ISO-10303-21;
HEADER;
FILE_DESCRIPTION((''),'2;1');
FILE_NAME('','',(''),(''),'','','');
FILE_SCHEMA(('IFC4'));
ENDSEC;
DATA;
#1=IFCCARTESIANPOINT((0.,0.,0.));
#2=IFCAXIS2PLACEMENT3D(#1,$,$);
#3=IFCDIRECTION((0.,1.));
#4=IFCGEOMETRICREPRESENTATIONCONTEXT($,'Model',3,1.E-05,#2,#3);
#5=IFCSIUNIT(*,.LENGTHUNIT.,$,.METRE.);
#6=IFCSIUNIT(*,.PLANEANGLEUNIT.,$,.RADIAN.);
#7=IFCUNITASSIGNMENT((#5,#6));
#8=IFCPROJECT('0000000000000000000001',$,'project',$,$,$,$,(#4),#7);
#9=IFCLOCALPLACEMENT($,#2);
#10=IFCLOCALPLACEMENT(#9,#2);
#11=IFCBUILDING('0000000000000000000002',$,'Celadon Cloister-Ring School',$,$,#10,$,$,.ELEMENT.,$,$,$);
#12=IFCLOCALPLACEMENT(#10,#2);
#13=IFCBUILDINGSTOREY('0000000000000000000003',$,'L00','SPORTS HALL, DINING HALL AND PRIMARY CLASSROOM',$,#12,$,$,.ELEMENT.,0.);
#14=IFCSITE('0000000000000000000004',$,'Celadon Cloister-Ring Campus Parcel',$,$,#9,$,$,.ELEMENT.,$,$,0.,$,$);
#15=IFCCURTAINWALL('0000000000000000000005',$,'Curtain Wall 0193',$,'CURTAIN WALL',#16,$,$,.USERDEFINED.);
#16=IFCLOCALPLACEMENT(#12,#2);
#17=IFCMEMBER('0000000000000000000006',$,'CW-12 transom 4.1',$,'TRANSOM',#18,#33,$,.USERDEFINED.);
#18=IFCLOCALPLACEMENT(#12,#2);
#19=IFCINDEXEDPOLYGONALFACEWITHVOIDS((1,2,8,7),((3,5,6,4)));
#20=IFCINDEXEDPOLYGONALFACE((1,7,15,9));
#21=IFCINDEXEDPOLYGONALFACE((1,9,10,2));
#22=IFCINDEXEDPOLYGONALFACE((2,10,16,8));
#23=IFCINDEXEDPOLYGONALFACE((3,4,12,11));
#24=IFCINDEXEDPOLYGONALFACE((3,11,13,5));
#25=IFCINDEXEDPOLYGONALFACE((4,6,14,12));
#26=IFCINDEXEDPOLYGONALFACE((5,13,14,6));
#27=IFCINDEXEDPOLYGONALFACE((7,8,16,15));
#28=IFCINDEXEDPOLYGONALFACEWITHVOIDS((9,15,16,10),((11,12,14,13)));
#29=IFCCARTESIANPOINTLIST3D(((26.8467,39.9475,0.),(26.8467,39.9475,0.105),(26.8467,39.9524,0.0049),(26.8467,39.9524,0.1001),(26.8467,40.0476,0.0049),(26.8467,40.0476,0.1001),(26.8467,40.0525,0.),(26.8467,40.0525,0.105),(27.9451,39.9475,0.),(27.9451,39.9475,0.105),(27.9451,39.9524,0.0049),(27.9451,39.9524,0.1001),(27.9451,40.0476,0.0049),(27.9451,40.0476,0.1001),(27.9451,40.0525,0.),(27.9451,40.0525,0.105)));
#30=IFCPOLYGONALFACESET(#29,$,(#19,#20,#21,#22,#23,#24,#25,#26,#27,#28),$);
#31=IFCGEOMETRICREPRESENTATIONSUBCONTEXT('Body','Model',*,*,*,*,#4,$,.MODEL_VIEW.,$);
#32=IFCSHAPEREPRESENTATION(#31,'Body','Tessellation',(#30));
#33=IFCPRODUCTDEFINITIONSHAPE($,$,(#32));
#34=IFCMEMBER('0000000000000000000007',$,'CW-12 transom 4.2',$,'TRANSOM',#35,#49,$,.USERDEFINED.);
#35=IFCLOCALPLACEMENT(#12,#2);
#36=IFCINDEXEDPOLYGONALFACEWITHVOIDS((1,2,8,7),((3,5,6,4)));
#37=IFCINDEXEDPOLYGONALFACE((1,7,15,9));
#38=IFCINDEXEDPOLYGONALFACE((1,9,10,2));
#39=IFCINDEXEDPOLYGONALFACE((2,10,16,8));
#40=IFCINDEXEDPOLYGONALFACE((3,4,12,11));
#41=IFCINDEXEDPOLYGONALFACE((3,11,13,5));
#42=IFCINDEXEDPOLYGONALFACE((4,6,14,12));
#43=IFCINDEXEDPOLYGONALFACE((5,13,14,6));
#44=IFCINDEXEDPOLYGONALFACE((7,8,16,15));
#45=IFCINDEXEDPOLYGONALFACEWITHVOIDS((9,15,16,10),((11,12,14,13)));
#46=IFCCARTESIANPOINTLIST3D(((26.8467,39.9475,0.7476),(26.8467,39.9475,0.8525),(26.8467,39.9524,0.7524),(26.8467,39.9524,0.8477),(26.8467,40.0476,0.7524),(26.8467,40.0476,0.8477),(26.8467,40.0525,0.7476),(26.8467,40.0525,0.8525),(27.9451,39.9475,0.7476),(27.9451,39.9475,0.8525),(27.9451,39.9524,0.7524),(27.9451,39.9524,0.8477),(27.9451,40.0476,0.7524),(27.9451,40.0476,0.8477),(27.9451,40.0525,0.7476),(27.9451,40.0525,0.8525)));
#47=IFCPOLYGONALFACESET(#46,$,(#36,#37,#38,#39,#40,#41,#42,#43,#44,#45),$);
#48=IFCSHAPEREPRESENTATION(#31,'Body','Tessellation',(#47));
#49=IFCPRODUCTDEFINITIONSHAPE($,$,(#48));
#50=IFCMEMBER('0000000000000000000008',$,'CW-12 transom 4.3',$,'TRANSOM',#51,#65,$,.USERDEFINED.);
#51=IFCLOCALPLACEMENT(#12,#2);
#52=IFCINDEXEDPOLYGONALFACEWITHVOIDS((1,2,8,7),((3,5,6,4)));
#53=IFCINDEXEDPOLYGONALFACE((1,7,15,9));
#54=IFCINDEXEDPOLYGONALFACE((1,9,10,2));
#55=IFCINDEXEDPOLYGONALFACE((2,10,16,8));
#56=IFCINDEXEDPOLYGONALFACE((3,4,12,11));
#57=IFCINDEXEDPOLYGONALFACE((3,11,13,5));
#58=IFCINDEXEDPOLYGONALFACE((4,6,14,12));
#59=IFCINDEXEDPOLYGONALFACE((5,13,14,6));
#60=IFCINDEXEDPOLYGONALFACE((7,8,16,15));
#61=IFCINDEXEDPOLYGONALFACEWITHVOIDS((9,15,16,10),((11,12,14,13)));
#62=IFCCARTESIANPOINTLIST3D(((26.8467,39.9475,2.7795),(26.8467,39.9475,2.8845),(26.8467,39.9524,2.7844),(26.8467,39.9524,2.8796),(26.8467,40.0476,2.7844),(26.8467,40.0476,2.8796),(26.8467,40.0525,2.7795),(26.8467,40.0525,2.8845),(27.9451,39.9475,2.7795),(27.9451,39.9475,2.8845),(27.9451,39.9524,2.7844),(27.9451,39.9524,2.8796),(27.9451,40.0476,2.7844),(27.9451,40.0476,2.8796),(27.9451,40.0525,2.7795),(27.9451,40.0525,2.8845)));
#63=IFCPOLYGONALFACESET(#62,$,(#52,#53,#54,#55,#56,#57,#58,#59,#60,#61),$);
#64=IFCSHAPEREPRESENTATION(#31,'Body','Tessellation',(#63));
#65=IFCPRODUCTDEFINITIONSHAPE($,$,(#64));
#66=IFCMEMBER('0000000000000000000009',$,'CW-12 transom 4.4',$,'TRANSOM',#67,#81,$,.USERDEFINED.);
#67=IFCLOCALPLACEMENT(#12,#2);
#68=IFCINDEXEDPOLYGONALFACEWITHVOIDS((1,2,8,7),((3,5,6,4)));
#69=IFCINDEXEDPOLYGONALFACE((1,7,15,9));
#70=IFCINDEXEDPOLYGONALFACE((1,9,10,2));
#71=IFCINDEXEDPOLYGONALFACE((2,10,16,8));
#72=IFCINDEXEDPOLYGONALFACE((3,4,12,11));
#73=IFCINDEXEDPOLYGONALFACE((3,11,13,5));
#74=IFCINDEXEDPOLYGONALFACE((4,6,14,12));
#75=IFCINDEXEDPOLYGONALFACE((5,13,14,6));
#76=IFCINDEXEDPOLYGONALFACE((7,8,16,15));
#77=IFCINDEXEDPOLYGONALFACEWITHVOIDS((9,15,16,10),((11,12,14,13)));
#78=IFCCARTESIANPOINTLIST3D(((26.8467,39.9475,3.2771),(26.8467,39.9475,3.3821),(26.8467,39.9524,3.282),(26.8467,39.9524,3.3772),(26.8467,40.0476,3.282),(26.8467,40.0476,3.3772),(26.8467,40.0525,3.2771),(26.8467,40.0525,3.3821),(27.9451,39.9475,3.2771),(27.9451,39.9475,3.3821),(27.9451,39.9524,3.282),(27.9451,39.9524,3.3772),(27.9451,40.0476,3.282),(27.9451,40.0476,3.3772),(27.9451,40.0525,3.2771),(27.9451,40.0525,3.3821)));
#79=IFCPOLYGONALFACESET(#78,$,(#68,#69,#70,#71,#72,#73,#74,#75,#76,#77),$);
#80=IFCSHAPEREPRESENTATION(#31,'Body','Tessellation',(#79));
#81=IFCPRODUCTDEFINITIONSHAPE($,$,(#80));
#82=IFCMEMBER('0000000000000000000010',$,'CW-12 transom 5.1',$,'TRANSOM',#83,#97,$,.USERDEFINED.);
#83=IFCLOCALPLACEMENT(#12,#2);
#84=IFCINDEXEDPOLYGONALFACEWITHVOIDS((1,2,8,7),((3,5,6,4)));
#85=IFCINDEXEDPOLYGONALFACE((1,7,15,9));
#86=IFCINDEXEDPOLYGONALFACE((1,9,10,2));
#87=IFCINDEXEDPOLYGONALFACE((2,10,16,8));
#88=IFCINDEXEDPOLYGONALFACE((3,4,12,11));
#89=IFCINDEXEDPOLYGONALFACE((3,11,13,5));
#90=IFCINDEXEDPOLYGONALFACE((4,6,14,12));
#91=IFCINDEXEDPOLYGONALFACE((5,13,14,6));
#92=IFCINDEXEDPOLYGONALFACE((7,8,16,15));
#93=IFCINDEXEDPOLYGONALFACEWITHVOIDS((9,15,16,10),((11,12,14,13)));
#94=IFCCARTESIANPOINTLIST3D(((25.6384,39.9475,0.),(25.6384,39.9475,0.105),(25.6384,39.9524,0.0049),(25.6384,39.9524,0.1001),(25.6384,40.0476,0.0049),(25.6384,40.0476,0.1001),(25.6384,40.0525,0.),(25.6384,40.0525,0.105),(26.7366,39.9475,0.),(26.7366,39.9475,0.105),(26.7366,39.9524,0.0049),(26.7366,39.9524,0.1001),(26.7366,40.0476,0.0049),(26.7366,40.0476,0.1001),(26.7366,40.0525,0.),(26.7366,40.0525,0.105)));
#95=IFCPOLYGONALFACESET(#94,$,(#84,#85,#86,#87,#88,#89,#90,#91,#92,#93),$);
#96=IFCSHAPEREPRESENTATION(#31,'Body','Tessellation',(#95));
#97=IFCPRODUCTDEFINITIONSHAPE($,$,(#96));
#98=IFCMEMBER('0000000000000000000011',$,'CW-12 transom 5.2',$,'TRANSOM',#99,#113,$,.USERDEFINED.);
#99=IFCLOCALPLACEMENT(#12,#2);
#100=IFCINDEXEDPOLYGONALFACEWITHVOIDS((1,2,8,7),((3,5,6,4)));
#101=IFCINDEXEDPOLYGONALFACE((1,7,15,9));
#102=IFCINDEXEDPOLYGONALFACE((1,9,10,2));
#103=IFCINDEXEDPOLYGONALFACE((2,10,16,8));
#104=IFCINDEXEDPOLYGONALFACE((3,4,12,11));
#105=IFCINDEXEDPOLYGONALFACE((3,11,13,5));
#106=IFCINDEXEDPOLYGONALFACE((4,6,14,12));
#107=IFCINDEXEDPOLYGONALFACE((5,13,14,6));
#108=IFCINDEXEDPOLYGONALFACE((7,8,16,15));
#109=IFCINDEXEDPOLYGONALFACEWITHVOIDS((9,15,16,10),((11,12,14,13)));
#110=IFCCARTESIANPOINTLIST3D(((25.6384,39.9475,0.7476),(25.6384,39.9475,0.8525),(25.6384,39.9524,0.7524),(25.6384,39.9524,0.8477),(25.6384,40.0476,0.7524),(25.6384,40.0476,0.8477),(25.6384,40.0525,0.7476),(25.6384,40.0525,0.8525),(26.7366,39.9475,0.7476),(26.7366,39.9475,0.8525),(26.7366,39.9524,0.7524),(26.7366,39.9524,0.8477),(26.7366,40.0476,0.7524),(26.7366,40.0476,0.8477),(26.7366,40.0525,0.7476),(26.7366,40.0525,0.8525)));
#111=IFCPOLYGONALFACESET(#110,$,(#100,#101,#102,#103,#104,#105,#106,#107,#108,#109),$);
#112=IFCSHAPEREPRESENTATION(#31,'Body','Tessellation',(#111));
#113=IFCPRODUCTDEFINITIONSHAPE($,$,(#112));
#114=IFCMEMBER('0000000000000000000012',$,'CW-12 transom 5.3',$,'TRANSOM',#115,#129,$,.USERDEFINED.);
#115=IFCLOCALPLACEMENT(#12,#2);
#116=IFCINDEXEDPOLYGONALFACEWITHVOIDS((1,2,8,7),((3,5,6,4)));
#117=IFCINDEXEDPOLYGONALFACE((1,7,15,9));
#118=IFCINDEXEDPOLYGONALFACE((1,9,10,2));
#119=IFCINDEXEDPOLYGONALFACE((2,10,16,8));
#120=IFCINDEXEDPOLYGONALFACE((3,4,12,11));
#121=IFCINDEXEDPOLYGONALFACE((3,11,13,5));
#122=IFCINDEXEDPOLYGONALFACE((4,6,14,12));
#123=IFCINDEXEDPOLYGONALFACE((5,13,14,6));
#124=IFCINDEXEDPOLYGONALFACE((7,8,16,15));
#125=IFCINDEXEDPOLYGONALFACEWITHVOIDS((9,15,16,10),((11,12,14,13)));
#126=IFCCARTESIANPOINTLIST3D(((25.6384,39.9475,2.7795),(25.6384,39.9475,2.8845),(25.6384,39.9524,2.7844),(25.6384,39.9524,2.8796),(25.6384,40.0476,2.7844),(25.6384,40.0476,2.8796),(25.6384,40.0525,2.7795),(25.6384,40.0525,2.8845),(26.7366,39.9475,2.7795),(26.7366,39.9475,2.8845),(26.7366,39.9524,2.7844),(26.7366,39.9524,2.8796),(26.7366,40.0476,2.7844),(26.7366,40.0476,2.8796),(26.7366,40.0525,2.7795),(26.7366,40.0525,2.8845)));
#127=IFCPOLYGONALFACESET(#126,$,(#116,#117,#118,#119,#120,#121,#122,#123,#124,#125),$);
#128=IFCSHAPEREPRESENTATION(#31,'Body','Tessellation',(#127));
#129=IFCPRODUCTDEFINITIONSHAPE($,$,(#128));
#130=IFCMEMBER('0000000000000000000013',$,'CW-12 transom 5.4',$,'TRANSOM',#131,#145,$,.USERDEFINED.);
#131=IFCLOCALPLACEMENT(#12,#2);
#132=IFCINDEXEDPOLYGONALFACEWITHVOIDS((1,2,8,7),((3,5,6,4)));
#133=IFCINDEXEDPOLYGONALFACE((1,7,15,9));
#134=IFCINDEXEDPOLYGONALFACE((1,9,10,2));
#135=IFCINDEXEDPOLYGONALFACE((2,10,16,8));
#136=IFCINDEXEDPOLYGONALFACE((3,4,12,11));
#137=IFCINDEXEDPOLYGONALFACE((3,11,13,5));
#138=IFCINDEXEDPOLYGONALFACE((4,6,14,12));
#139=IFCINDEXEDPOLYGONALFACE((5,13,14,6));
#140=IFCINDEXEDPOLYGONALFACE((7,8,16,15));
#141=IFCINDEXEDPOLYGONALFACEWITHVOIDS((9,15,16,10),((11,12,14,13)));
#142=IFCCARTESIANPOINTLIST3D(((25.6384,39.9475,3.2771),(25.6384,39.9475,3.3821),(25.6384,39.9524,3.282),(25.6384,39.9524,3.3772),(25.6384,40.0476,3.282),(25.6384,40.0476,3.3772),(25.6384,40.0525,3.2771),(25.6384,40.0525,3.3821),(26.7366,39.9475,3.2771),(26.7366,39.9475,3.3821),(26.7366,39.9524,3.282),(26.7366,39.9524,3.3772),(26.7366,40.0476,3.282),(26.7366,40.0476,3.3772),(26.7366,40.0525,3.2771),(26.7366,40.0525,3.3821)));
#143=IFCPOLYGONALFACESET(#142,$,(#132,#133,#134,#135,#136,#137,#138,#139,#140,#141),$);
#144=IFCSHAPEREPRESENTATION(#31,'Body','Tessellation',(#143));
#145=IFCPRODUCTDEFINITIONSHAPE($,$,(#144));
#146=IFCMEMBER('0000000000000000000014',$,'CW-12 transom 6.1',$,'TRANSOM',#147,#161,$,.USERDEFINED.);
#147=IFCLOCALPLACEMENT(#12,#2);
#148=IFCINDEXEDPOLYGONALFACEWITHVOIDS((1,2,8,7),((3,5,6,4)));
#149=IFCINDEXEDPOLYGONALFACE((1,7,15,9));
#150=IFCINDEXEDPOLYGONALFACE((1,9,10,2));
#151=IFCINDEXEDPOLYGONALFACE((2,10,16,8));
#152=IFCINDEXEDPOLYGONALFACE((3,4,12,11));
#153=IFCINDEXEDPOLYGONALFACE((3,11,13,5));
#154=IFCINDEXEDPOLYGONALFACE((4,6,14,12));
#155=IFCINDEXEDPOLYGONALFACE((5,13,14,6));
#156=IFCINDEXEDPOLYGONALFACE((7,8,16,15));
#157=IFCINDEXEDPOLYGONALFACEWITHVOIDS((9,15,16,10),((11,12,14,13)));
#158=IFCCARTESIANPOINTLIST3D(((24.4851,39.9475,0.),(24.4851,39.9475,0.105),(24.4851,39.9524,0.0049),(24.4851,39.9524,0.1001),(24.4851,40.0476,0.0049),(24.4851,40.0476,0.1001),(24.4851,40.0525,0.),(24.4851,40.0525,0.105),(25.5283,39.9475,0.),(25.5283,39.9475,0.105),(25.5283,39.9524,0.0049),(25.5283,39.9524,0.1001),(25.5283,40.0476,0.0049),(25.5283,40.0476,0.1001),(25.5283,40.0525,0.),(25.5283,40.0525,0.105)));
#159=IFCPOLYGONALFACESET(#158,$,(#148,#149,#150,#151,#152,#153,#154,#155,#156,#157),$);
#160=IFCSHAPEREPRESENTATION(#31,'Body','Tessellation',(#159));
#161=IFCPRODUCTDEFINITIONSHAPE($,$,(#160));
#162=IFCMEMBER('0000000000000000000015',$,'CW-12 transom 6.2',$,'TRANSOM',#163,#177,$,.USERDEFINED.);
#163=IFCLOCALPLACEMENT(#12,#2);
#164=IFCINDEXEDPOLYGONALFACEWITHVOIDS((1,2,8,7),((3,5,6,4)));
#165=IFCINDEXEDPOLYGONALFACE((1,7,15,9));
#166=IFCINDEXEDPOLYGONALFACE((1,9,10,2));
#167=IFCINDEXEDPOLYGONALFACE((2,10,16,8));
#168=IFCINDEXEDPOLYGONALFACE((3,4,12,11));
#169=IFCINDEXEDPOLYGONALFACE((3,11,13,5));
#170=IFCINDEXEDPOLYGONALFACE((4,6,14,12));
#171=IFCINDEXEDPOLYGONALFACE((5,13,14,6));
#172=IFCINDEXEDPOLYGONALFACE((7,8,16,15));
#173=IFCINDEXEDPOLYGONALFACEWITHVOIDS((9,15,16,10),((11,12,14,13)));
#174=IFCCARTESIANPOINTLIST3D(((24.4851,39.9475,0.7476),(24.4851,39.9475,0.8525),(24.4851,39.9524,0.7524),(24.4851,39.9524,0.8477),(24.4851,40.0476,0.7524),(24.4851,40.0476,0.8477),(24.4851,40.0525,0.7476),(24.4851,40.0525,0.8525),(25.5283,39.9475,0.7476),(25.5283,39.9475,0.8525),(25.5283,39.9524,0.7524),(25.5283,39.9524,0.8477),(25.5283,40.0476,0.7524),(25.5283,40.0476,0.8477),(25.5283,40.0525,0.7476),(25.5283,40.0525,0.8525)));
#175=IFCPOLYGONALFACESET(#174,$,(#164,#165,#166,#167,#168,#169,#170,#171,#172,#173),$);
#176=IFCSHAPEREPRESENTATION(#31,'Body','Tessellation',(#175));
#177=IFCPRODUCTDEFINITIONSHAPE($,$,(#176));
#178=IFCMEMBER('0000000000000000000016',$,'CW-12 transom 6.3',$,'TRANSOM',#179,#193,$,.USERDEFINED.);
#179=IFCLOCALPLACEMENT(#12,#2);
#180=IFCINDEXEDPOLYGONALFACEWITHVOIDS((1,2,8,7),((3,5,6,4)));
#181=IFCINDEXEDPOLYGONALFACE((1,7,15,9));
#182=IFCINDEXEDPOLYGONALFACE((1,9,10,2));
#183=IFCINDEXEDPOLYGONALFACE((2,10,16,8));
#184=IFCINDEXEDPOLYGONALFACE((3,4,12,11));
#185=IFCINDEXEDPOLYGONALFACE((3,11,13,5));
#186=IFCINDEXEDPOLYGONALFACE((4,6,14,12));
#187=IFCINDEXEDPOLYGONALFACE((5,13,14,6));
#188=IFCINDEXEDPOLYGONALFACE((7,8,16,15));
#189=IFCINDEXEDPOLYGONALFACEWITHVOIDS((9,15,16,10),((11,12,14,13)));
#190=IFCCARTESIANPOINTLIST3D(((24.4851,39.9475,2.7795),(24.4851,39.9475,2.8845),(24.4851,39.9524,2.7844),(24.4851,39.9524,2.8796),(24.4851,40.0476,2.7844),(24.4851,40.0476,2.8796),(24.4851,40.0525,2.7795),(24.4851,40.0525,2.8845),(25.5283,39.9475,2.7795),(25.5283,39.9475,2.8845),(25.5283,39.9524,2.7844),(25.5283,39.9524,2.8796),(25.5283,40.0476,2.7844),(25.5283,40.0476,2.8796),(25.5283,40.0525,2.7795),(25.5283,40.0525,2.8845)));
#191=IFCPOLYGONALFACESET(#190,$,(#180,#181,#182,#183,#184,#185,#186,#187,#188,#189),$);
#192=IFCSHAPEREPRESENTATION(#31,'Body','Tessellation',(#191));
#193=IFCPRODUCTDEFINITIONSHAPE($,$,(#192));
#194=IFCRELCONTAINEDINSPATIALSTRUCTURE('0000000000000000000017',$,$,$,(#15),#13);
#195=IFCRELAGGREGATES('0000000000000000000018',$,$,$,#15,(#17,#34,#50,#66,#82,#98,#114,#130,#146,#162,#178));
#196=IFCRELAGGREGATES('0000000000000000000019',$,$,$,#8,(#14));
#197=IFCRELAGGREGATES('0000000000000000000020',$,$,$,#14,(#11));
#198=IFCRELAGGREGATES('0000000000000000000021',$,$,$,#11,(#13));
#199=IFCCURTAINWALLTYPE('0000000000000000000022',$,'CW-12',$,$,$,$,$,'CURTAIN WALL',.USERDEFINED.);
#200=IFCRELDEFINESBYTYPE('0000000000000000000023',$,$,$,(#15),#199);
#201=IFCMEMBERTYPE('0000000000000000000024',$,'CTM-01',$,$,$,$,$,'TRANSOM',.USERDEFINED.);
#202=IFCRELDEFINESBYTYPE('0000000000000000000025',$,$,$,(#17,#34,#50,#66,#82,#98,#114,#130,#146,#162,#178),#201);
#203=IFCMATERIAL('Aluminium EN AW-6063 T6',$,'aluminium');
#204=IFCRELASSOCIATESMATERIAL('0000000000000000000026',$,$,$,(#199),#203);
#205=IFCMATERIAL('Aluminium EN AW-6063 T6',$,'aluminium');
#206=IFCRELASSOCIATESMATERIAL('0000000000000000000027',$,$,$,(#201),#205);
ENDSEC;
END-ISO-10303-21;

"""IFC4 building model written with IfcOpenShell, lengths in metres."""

from ifc_helpers import new_model, si_unit, direction, frame, origin, origin_2d, place, context, subcontext, project, spatial, hollow_rectangle, extrude, material, material_profile, profile_set, type_object, element, aggregate, save


model = new_model("IFC4")

# Units and contexts
model_context = context("Model", 3, precision=1e-05, world=origin(), true_north=direction((0.0, 1.0)))
body_context = subcontext(model_context, "Body", "Model", "MODEL_VIEW")
ifc_project = project(units=[si_unit("LENGTHUNIT", "METRE"), si_unit("PLANEANGLEUNIT", "RADIAN")], contexts=[model_context])

# Site, building, storey
site_placement = place(None, origin())
site = spatial("IfcSite", under=ifc_project, at=site_placement, Name="Celadon Cloister-Ring Campus Parcel", CompositionType="ELEMENT", RefElevation=0.0)
building_placement = place(site_placement, origin())
building = spatial("IfcBuilding", under=site, at=building_placement, Name="Celadon Cloister-Ring School", CompositionType="ELEMENT")
storey_placement = place(building_placement, origin())
storey = spatial("IfcBuildingStorey", under=building, at=storey_placement, Name="L00", Description="SPORTS HALL, DINING HALL AND PRIMARY CLASSROOM", CompositionType="ELEMENT", Elevation=0.0)

# Curtain wall, members
ifc_material_1 = material(Name="Aluminium EN AW-6063 T6", Category="aluminium")
curtain_wall_type = type_object("IfcCurtainWallType", Name="CW-12", ElementType="CURTAIN WALL", PredefinedType="USERDEFINED", material=ifc_material_1)
curtain_wall_placement = place(storey_placement, origin())
curtain_wall = element("IfcCurtainWall", 1, at=curtain_wall_placement, inside=storey, type_object=curtain_wall_type, Name="Curtain Wall 0193", ObjectType="CURTAIN WALL", PredefinedType="USERDEFINED")
ifc_material_2 = material(Name="Aluminium EN AW-6063 T6", Category="aluminium")
ifc_material_profile_1 = material_profile(ifc_material_2, hollow_rectangle(XDim=0.105, YDim=0.105, WallThickness=0.0049, at=origin_2d()), Name="RHS105X105X5")
ifc_profile_set_1 = profile_set([ifc_material_profile_1], Name="Aluminium EN AW-6063 T6")
member_type_1 = type_object("IfcMemberType", Name="CTM-01", ElementType="TRANSOM", PredefinedType="USERDEFINED", material=ifc_profile_set_1)
member_1_placement = place(storey_placement, frame((27.9451, 40.0, 0.0525), z_axis=(-1.0, 0.0, 0.0), x_axis=(0.0, -1.0, 0.0)))
member_1 = element("IfcMember", 2, at=member_1_placement, type_object=member_type_1, Name="CW-12 transom 4.1", ObjectType="TRANSOM", PredefinedType="USERDEFINED", context=body_context, shape_type="SweptSolid", body=[
    extrude(hollow_rectangle(XDim=0.105, YDim=0.105, WallThickness=0.0049, at=origin_2d()), origin(), (0.0, 0.0, 1.0), 1.0984),
])
member_2_placement = place(storey_placement, frame((27.9451, 40.0, 0.8), z_axis=(-1.0, 0.0, 0.0), x_axis=(0.0, -1.0, 0.0)))
member_2 = element("IfcMember", 3, at=member_2_placement, type_object=member_type_1, Name="CW-12 transom 4.2", ObjectType="TRANSOM", PredefinedType="USERDEFINED", context=body_context, shape_type="SweptSolid", body=[
    extrude(hollow_rectangle(XDim=0.105, YDim=0.105, WallThickness=0.0049, at=origin_2d()), origin(), (0.0, 0.0, 1.0), 1.0984),
])
member_3_placement = place(storey_placement, frame((27.9451, 40.0, 2.832), z_axis=(-1.0, 0.0, 0.0), x_axis=(0.0, -1.0, 0.0)))
member_3 = element("IfcMember", 4, at=member_3_placement, type_object=member_type_1, Name="CW-12 transom 4.3", ObjectType="TRANSOM", PredefinedType="USERDEFINED", context=body_context, shape_type="SweptSolid", body=[
    extrude(hollow_rectangle(XDim=0.105, YDim=0.105, WallThickness=0.0049, at=origin_2d()), origin(), (0.0, 0.0, 1.0), 1.0984),
])
member_4_placement = place(storey_placement, frame((27.9451, 40.0, 3.3296), z_axis=(-1.0, 0.0, 0.0), x_axis=(0.0, -1.0, 0.0)))
member_4 = element("IfcMember", 5, at=member_4_placement, type_object=member_type_1, Name="CW-12 transom 4.4", ObjectType="TRANSOM", PredefinedType="USERDEFINED", context=body_context, shape_type="SweptSolid", body=[
    extrude(hollow_rectangle(XDim=0.105, YDim=0.105, WallThickness=0.0049, at=origin_2d()), origin(), (0.0, 0.0, 1.0), 1.0984),
])
member_5_placement = place(storey_placement, frame((26.7366, 40.0, 0.0525), z_axis=(-1.0, 0.0, 0.0), x_axis=(0.0, -1.0, 0.0)))
member_5 = element("IfcMember", 6, at=member_5_placement, type_object=member_type_1, Name="CW-12 transom 5.1", ObjectType="TRANSOM", PredefinedType="USERDEFINED", context=body_context, shape_type="SweptSolid", body=[
    extrude(hollow_rectangle(XDim=0.105, YDim=0.105, WallThickness=0.0049, at=origin_2d()), origin(), (0.0, 0.0, 1.0), 1.0981),
])
member_6_placement = place(storey_placement, frame((26.7366, 40.0, 0.8), z_axis=(-1.0, 0.0, 0.0), x_axis=(0.0, -1.0, 0.0)))
member_6 = element("IfcMember", 7, at=member_6_placement, type_object=member_type_1, Name="CW-12 transom 5.2", ObjectType="TRANSOM", PredefinedType="USERDEFINED", context=body_context, shape_type="SweptSolid", body=[
    extrude(hollow_rectangle(XDim=0.105, YDim=0.105, WallThickness=0.0049, at=origin_2d()), origin(), (0.0, 0.0, 1.0), 1.0981),
])
member_7_placement = place(storey_placement, frame((26.7366, 40.0, 2.832), z_axis=(-1.0, 0.0, 0.0), x_axis=(0.0, -1.0, 0.0)))
member_7 = element("IfcMember", 8, at=member_7_placement, type_object=member_type_1, Name="CW-12 transom 5.3", ObjectType="TRANSOM", PredefinedType="USERDEFINED", context=body_context, shape_type="SweptSolid", body=[
    extrude(hollow_rectangle(XDim=0.105, YDim=0.105, WallThickness=0.0049, at=origin_2d()), origin(), (0.0, 0.0, 1.0), 1.0981),
])
member_8_placement = place(storey_placement, frame((26.7366, 40.0, 3.3296), z_axis=(-1.0, 0.0, 0.0), x_axis=(0.0, -1.0, 0.0)))
member_8 = element("IfcMember", 9, at=member_8_placement, type_object=member_type_1, Name="CW-12 transom 5.4", ObjectType="TRANSOM", PredefinedType="USERDEFINED", context=body_context, shape_type="SweptSolid", body=[
    extrude(hollow_rectangle(XDim=0.105, YDim=0.105, WallThickness=0.0049, at=origin_2d()), origin(), (0.0, 0.0, 1.0), 1.0981),
])
member_9_placement = place(storey_placement, frame((25.5283, 40.0, 0.0525), z_axis=(-1.0, 0.0, 0.0), x_axis=(0.0, -1.0, 0.0)))
member_9 = element("IfcMember", 10, at=member_9_placement, type_object=member_type_1, Name="CW-12 transom 6.1", ObjectType="TRANSOM", PredefinedType="USERDEFINED", context=body_context, shape_type="SweptSolid", body=[
    extrude(hollow_rectangle(XDim=0.105, YDim=0.105, WallThickness=0.0049, at=origin_2d()), origin(), (0.0, 0.0, 1.0), 1.0432),
])
member_10_placement = place(storey_placement, frame((25.5283, 40.0, 0.8), z_axis=(-1.0, 0.0, 0.0), x_axis=(0.0, -1.0, 0.0)))
member_10 = element("IfcMember", 11, at=member_10_placement, type_object=member_type_1, Name="CW-12 transom 6.2", ObjectType="TRANSOM", PredefinedType="USERDEFINED", context=body_context, shape_type="SweptSolid", body=[
    extrude(hollow_rectangle(XDim=0.105, YDim=0.105, WallThickness=0.0049, at=origin_2d()), origin(), (0.0, 0.0, 1.0), 1.0432),
])
member_11_placement = place(storey_placement, frame((25.5283, 40.0, 2.832), z_axis=(-1.0, 0.0, 0.0), x_axis=(0.0, -1.0, 0.0)))
member_11 = element("IfcMember", 12, at=member_11_placement, type_object=member_type_1, Name="CW-12 transom 6.3", ObjectType="TRANSOM", PredefinedType="USERDEFINED", context=body_context, shape_type="SweptSolid", body=[
    extrude(hollow_rectangle(XDim=0.105, YDim=0.105, WallThickness=0.0049, at=origin_2d()), origin(), (0.0, 0.0, 1.0), 1.0432),
])
aggregate(curtain_wall, [member_1, member_2, member_3, member_4, member_5, member_6, member_7, member_8, member_9, member_10, member_11])

save(model, "model.ifc")
